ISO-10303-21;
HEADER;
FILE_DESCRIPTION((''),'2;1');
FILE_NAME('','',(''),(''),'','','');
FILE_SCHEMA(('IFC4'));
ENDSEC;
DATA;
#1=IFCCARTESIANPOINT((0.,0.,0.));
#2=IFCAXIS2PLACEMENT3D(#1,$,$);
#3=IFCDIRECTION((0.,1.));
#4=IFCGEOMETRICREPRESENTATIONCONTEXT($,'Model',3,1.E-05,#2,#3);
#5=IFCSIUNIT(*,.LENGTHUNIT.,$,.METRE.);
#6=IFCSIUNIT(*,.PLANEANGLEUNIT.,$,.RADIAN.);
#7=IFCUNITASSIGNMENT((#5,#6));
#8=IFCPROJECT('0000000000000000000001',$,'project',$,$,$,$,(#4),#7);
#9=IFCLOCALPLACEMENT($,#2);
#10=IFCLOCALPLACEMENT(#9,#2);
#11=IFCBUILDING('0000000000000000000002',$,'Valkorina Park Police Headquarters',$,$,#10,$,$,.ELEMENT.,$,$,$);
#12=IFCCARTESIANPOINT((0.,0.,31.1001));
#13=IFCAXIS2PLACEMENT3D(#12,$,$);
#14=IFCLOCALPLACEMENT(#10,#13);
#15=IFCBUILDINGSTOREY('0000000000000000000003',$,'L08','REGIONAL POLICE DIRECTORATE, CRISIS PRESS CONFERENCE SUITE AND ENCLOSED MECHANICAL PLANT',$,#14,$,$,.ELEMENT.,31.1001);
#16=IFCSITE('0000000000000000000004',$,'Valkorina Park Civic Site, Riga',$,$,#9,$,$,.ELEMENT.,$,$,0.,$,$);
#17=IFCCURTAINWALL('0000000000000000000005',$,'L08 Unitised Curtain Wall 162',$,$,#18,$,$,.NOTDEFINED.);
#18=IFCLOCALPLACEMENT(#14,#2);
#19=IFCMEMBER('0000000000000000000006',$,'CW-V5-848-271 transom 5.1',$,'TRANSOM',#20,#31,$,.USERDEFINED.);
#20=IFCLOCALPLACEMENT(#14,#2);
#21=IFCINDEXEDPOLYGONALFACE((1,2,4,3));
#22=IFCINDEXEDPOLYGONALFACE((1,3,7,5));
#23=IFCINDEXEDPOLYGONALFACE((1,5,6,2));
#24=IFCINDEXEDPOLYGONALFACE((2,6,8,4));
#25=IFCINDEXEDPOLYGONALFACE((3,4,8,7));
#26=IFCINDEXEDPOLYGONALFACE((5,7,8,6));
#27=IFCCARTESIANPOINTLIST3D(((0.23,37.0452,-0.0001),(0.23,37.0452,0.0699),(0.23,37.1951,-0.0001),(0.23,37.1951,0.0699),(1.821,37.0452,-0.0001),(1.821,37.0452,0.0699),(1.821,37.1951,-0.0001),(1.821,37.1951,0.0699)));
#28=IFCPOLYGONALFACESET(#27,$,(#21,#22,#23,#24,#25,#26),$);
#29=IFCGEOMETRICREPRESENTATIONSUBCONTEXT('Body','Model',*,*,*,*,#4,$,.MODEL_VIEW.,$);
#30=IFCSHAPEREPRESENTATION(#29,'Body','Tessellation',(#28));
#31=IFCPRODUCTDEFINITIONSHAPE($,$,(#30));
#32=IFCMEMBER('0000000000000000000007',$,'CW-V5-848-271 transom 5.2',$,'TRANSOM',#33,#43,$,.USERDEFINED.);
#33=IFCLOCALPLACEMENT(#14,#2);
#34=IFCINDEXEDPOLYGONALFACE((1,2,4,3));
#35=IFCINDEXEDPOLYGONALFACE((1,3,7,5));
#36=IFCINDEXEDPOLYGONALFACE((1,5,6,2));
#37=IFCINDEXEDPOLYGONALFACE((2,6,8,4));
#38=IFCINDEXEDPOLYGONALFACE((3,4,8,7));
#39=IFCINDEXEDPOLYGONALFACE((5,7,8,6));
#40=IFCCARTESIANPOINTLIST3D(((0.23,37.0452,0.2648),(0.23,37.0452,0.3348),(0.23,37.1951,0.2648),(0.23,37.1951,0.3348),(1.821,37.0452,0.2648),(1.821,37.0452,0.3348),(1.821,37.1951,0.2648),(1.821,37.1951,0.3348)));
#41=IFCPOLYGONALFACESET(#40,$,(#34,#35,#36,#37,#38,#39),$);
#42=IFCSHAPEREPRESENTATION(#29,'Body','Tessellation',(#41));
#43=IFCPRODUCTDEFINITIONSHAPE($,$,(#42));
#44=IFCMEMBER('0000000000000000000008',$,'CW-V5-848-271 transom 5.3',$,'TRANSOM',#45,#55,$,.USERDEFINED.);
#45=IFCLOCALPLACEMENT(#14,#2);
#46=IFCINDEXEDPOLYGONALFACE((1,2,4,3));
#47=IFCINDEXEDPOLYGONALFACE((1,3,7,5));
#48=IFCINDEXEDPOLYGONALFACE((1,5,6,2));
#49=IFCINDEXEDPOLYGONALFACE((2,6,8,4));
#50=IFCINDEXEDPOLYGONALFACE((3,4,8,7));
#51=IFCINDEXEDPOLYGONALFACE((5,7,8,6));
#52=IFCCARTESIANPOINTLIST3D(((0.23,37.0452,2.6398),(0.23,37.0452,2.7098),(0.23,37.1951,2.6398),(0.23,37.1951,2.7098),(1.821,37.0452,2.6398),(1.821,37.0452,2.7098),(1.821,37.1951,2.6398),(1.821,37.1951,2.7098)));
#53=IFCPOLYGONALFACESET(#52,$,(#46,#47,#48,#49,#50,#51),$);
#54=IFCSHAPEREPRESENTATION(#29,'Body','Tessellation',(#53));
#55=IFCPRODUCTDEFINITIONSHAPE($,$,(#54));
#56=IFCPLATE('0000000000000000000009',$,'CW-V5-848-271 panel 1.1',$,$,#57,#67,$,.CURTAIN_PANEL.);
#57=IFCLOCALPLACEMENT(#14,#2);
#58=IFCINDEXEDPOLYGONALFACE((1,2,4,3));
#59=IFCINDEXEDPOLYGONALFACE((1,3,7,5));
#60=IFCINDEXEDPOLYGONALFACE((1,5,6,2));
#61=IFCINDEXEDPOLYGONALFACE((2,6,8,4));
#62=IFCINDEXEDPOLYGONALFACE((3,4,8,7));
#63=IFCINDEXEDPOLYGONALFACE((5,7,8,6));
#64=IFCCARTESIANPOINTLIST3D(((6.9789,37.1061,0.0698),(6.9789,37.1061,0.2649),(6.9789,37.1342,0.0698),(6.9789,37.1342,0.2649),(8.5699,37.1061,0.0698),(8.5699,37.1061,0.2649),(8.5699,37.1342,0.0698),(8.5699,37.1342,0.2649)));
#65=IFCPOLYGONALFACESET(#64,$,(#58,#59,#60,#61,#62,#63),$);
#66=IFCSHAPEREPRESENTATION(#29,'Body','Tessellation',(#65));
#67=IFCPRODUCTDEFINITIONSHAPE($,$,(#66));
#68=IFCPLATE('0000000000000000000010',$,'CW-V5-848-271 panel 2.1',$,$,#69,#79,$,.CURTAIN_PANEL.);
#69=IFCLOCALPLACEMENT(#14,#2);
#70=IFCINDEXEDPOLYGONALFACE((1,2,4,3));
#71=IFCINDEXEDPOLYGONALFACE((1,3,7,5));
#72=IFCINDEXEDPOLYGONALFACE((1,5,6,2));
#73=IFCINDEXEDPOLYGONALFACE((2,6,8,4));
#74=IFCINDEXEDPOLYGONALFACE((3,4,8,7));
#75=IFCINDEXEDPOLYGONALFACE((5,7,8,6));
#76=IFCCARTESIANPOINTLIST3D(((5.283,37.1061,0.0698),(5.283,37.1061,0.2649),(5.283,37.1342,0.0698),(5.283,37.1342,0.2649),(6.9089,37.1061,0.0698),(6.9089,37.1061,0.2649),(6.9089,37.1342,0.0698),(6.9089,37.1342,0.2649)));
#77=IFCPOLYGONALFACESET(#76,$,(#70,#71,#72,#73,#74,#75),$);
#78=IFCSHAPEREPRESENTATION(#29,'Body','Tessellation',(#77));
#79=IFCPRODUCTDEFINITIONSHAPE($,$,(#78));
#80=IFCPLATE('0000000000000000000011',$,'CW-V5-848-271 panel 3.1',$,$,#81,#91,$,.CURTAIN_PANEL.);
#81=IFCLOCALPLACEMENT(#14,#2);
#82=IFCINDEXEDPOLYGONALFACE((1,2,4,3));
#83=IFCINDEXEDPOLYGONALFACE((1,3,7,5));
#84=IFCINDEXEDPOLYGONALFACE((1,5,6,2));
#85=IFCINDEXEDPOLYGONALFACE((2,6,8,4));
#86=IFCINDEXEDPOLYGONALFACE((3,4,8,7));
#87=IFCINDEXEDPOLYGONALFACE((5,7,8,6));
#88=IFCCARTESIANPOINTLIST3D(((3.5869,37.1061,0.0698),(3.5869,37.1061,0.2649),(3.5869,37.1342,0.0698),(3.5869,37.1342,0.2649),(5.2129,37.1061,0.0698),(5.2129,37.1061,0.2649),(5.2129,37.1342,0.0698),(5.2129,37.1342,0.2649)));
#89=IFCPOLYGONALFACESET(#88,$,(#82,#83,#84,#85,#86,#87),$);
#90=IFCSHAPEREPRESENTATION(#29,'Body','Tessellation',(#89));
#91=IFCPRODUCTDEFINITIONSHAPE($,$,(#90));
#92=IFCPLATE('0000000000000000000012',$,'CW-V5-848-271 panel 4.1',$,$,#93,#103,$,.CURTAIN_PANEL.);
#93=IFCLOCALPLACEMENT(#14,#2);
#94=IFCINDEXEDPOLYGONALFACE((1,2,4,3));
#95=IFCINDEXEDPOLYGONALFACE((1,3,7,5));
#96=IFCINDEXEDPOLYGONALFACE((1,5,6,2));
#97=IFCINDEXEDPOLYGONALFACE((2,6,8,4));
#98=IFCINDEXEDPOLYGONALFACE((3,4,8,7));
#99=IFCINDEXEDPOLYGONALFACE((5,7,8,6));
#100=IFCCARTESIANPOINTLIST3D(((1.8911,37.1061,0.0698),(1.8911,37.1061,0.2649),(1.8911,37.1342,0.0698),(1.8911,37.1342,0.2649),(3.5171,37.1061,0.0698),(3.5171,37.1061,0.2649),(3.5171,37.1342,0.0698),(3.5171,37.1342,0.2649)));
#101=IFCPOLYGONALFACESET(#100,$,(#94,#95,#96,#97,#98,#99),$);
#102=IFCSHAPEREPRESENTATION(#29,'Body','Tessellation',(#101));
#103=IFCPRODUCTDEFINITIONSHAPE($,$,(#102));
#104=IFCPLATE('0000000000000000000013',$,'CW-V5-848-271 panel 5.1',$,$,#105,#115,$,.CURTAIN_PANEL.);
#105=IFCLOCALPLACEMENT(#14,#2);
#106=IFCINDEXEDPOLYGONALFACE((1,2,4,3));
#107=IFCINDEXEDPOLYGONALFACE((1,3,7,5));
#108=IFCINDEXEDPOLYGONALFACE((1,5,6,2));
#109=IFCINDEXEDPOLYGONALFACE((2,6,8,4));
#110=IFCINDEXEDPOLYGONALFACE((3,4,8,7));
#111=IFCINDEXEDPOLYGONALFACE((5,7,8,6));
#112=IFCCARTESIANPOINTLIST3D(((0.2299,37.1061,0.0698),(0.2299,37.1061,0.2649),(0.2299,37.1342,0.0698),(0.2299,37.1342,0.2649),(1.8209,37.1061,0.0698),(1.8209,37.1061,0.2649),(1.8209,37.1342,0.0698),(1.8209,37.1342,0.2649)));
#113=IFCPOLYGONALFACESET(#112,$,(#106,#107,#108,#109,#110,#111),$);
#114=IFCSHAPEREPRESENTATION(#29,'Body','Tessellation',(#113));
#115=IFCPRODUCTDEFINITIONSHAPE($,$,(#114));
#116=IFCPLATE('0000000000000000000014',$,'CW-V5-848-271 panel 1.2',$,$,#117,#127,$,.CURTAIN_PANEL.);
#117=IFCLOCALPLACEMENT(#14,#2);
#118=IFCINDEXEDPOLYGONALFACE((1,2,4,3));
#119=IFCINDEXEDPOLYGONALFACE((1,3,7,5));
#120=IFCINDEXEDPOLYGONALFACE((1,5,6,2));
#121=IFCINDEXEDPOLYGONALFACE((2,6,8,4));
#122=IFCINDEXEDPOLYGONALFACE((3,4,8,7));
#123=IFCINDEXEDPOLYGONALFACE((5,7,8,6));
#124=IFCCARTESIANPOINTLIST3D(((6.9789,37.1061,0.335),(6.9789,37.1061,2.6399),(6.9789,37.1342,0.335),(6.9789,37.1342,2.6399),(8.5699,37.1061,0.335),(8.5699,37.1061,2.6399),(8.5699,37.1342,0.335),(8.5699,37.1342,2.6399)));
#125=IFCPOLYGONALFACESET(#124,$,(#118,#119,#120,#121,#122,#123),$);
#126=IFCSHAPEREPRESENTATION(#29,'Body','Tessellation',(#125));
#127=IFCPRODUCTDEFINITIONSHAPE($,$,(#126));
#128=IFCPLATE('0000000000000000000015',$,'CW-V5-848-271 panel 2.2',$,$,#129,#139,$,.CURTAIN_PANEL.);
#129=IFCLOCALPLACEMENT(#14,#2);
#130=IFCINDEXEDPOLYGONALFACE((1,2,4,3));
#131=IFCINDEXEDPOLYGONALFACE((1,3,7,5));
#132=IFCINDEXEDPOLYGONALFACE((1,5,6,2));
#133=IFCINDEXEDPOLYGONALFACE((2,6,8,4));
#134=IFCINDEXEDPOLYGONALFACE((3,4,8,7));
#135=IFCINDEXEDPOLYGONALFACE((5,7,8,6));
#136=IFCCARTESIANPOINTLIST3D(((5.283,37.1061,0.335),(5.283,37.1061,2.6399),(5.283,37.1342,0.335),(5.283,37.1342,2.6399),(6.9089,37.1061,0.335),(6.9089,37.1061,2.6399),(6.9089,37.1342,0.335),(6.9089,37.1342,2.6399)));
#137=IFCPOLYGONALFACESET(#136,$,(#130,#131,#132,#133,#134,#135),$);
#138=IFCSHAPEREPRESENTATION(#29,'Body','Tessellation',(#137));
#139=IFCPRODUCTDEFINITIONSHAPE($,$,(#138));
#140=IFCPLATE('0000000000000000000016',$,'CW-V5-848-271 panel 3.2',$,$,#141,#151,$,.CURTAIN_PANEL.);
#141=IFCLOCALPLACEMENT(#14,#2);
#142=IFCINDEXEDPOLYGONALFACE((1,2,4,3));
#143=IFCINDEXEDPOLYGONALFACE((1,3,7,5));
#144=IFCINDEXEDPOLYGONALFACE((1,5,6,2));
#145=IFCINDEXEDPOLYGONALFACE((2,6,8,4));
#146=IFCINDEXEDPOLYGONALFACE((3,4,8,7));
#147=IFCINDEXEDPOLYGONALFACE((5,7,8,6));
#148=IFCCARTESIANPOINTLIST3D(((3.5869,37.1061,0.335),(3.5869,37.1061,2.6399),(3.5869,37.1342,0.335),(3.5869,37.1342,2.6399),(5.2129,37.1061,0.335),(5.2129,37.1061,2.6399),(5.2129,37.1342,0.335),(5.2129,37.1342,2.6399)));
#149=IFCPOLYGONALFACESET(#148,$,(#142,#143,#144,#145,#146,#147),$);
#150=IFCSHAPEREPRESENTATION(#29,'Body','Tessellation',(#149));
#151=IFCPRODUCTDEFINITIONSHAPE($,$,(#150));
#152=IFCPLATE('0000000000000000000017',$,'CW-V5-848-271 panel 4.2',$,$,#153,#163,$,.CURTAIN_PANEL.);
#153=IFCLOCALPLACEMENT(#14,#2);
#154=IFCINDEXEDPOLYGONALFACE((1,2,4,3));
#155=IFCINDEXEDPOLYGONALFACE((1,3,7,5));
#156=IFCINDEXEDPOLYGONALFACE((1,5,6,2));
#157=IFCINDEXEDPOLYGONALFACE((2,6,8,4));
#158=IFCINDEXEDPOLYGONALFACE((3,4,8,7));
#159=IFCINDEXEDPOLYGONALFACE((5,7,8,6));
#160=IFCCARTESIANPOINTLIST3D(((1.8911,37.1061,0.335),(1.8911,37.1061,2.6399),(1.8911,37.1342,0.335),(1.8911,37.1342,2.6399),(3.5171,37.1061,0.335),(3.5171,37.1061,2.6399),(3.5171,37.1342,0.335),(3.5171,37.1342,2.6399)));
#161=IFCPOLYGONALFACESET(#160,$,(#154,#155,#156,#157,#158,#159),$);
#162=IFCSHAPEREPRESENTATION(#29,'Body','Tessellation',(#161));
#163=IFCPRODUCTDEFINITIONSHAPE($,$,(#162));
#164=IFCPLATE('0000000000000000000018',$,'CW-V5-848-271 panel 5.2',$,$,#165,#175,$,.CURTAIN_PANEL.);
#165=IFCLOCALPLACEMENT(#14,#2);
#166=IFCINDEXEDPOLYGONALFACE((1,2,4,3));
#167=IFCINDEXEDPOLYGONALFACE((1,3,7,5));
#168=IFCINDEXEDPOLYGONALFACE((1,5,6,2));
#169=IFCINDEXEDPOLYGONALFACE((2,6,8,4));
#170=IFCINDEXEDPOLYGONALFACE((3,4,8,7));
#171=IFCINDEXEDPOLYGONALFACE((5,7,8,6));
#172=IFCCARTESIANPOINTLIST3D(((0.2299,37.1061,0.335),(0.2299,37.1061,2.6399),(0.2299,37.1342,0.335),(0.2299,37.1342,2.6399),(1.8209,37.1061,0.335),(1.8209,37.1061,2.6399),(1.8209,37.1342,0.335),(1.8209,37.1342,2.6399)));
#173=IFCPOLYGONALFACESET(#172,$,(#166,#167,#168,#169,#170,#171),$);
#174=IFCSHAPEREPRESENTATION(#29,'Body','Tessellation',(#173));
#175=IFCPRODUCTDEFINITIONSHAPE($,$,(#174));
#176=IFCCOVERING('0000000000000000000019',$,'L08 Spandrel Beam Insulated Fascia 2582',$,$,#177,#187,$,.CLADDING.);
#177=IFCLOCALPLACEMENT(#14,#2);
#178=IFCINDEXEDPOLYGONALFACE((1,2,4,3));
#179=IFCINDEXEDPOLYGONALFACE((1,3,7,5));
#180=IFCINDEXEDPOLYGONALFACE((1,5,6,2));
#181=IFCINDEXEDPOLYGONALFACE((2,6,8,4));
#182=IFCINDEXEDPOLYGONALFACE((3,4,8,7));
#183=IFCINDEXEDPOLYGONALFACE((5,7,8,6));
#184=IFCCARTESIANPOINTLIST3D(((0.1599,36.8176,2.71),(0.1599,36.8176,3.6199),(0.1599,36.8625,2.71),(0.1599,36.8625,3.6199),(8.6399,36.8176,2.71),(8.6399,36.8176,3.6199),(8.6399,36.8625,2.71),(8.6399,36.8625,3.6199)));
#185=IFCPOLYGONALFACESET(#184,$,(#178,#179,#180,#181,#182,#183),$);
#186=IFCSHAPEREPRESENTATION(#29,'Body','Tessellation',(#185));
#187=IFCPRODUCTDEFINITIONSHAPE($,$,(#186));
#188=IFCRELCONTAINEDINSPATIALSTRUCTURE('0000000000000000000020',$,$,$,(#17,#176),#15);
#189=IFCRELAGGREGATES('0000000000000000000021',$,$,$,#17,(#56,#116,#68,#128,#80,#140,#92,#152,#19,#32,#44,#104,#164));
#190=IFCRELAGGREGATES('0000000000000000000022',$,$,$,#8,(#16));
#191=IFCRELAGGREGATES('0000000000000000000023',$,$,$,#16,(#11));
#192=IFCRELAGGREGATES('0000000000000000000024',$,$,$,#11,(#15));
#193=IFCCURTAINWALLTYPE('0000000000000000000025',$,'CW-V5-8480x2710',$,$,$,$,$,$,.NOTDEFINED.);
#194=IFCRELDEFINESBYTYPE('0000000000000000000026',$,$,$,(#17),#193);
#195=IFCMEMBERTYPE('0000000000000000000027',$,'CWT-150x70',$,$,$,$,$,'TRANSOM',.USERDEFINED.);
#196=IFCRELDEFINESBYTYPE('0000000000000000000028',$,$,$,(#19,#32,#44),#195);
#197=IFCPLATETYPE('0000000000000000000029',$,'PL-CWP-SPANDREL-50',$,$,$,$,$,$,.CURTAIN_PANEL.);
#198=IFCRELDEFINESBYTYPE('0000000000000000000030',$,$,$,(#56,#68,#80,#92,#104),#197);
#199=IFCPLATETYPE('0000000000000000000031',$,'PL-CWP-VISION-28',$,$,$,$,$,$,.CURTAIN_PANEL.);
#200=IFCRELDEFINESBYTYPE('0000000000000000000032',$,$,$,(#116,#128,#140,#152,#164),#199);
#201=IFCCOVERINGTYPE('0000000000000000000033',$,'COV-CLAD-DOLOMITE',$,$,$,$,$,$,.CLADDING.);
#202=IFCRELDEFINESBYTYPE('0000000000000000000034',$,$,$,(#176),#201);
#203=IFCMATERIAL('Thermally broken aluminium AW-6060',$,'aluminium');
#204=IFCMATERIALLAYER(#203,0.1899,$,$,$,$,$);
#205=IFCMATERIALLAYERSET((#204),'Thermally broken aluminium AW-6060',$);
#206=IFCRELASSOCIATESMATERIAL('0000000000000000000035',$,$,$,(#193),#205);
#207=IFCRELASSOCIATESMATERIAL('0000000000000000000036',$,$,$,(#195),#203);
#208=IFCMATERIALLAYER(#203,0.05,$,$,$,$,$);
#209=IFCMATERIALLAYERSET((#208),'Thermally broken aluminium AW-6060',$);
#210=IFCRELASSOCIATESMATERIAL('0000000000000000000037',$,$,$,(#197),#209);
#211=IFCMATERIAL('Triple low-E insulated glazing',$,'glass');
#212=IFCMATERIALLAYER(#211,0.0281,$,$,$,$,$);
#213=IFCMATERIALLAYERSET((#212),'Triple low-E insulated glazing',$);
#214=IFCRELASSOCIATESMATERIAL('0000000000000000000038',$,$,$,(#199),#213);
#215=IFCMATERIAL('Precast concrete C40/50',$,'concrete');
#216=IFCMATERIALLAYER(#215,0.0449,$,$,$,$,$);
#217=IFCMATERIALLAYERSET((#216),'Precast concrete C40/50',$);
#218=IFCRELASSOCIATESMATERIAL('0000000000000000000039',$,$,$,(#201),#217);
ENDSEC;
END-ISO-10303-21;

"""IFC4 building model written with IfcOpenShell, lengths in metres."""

from ifc_helpers import new_model, si_unit, direction, frame, frame_2d, origin, origin_2d, place, context, subcontext, project, spatial, rectangle, extrude, material, layer, layer_set, material_profile, profile_set, type_object, element, aggregate, save


model = new_model("IFC4")

# Units and contexts
model_context = context("Model", 3, precision=1e-05, world=origin(), true_north=direction((0.0, 1.0)))
body_context = subcontext(model_context, "Body", "Model", "MODEL_VIEW")
ifc_project = project(units=[si_unit("LENGTHUNIT", "METRE"), si_unit("PLANEANGLEUNIT", "RADIAN")], contexts=[model_context])

# Site, building, storey
site_placement = place(None, origin())
site = spatial("IfcSite", under=ifc_project, at=site_placement, Name="Valkorina Park Civic Site, Riga", CompositionType="ELEMENT", RefElevation=0.0)
building_placement = place(site_placement, origin())
building = spatial("IfcBuilding", under=site, at=building_placement, Name="Valkorina Park Police Headquarters", CompositionType="ELEMENT")
storey_placement = place(building_placement, frame((0.0, 0.0, 31.1001)))
storey = spatial("IfcBuildingStorey", under=building, at=storey_placement, Name="L08", Description="REGIONAL POLICE DIRECTORATE, CRISIS PRESS CONFERENCE SUITE AND ENCLOSED MECHANICAL PLANT", CompositionType="ELEMENT", Elevation=31.1001)

# Curtain wall, members, plates
ifc_material_1 = material(Name="Thermally broken aluminium AW-6060", Category="aluminium")
ifc_layer_1 = layer(ifc_material_1, 0.1899)
ifc_layer_set_1 = layer_set([ifc_layer_1], Name="Thermally broken aluminium AW-6060")
curtain_wall_type = type_object("IfcCurtainWallType", Name="CW-V5-8480x2710", PredefinedType="NOTDEFINED", material=ifc_layer_set_1)
curtain_wall_placement = place(storey_placement, origin())
curtain_wall = element("IfcCurtainWall", 1, at=curtain_wall_placement, inside=storey, type_object=curtain_wall_type, Name="L08 Unitised Curtain Wall 162", PredefinedType="NOTDEFINED")
ifc_material_profile_1 = material_profile(ifc_material_1, rectangle(XDim=0.1499, YDim=0.0701, at=origin_2d()), Name="CWT-02 150x70")
ifc_profile_set_1 = profile_set([ifc_material_profile_1], Name="Thermally broken aluminium AW-6060")
member_type_1 = type_object("IfcMemberType", Name="CWT-150x70", ElementType="TRANSOM", PredefinedType="USERDEFINED", material=ifc_profile_set_1)
member_1_placement = place(storey_placement, frame((1.821, 37.1201, 0.0349), z_axis=(-1.0, 0.0, 0.0), x_axis=(0.0, -1.0, 0.0)))
member_1 = element("IfcMember", 2, at=member_1_placement, type_object=member_type_1, Name="CW-V5-848-271 transom 5.1", ObjectType="TRANSOM", PredefinedType="USERDEFINED", context=body_context, shape_type="SweptSolid", body=[
    extrude(rectangle(XDim=0.1499, YDim=0.0701, at=origin_2d()), origin(), (0.0, 0.0, 1.0), 1.5911),
])
member_2_placement = place(storey_placement, frame((1.821, 37.1201, 0.2998), z_axis=(-1.0, 0.0, 0.0), x_axis=(0.0, -1.0, 0.0)))
member_2 = element("IfcMember", 3, at=member_2_placement, type_object=member_type_1, Name="CW-V5-848-271 transom 5.2", ObjectType="TRANSOM", PredefinedType="USERDEFINED", context=body_context, shape_type="SweptSolid", body=[
    extrude(rectangle(XDim=0.1499, YDim=0.0701, at=origin_2d()), origin(), (0.0, 0.0, 1.0), 1.5911),
])
member_3_placement = place(storey_placement, frame((1.821, 37.1201, 2.6748), z_axis=(-1.0, 0.0, 0.0), x_axis=(0.0, -1.0, 0.0)))
member_3 = element("IfcMember", 4, at=member_3_placement, type_object=member_type_1, Name="CW-V5-848-271 transom 5.3", ObjectType="TRANSOM", PredefinedType="USERDEFINED", context=body_context, shape_type="SweptSolid", body=[
    extrude(rectangle(XDim=0.1499, YDim=0.0701, at=origin_2d()), origin(), (0.0, 0.0, 1.0), 1.5911),
])
ifc_layer_2 = layer(ifc_material_1, 0.05)
ifc_layer_set_2 = layer_set([ifc_layer_2], Name="Thermally broken aluminium AW-6060")
plate_type_1 = type_object("IfcPlateType", Name="PL-CWP-SPANDREL-50", PredefinedType="CURTAIN_PANEL", material=ifc_layer_set_2)
plate_1_placement = place(storey_placement, frame((7.7744, 37.1201, 0.0698), z_axis=(0.0, 0.0, 1.0), x_axis=(-1.0, 0.0, 0.0)))
plate_1 = element("IfcPlate", 5, at=plate_1_placement, type_object=plate_type_1, Name="CW-V5-848-271 panel 1.1", PredefinedType="CURTAIN_PANEL", context=body_context, shape_type="SweptSolid", body=[
    extrude(rectangle(XDim=1.5911, YDim=0.0281, at=origin_2d()), origin(), (0.0, 0.0, 1.0), 0.1951),
])
plate_2_placement = place(storey_placement, frame((6.0959, 37.1201, 0.0698), z_axis=(0.0, 0.0, 1.0), x_axis=(-1.0, 0.0, 0.0)))
plate_2 = element("IfcPlate", 6, at=plate_2_placement, type_object=plate_type_1, Name="CW-V5-848-271 panel 2.1", PredefinedType="CURTAIN_PANEL", context=body_context, shape_type="SweptSolid", body=[
    extrude(rectangle(XDim=1.626, YDim=0.0281, at=origin_2d()), origin(), (0.0, 0.0, 1.0), 0.1951),
])
plate_3_placement = place(storey_placement, frame((4.3999, 37.1201, 0.0698), z_axis=(0.0, 0.0, 1.0), x_axis=(-1.0, 0.0, 0.0)))
plate_3 = element("IfcPlate", 7, at=plate_3_placement, type_object=plate_type_1, Name="CW-V5-848-271 panel 3.1", PredefinedType="CURTAIN_PANEL", context=body_context, shape_type="SweptSolid", body=[
    extrude(rectangle(XDim=1.626, YDim=0.0281, at=origin_2d()), origin(), (0.0, 0.0, 1.0), 0.1951),
])
plate_4_placement = place(storey_placement, frame((2.7041, 37.1201, 0.0698), z_axis=(0.0, 0.0, 1.0), x_axis=(-1.0, 0.0, 0.0)))
plate_4 = element("IfcPlate", 8, at=plate_4_placement, type_object=plate_type_1, Name="CW-V5-848-271 panel 4.1", PredefinedType="CURTAIN_PANEL", context=body_context, shape_type="SweptSolid", body=[
    extrude(rectangle(XDim=1.626, YDim=0.0281, at=origin_2d()), origin(), (0.0, 0.0, 1.0), 0.1951),
])
plate_5_placement = place(storey_placement, frame((1.0254, 37.1201, 0.0698), z_axis=(0.0, 0.0, 1.0), x_axis=(-1.0, 0.0, 0.0)))
plate_5 = element("IfcPlate", 9, at=plate_5_placement, type_object=plate_type_1, Name="CW-V5-848-271 panel 5.1", PredefinedType="CURTAIN_PANEL", context=body_context, shape_type="SweptSolid", body=[
    extrude(rectangle(XDim=1.5911, YDim=0.0281, at=origin_2d()), origin(), (0.0, 0.0, 1.0), 0.1951),
])
ifc_material_2 = material(Name="Triple low-E insulated glazing", Category="glass")
ifc_layer_3 = layer(ifc_material_2, 0.0281)
ifc_layer_set_3 = layer_set([ifc_layer_3], Name="Triple low-E insulated glazing")
plate_type_2 = type_object("IfcPlateType", Name="PL-CWP-VISION-28", PredefinedType="CURTAIN_PANEL", material=ifc_layer_set_3)
plate_6_placement = place(storey_placement, frame((7.7744, 37.1201, 0.335), z_axis=(0.0, 0.0, 1.0), x_axis=(-1.0, 0.0, 0.0)))
plate_6 = element("IfcPlate", 10, at=plate_6_placement, type_object=plate_type_2, Name="CW-V5-848-271 panel 1.2", PredefinedType="CURTAIN_PANEL", context=body_context, shape_type="SweptSolid", body=[
    extrude(rectangle(XDim=1.5911, YDim=0.0281, at=origin_2d()), origin(), (0.0, 0.0, 1.0), 2.3049),
])
plate_7_placement = place(storey_placement, frame((6.0959, 37.1201, 0.335), z_axis=(0.0, 0.0, 1.0), x_axis=(-1.0, 0.0, 0.0)))
plate_7 = element("IfcPlate", 11, at=plate_7_placement, type_object=plate_type_2, Name="CW-V5-848-271 panel 2.2", PredefinedType="CURTAIN_PANEL", context=body_context, shape_type="SweptSolid", body=[
    extrude(rectangle(XDim=1.626, YDim=0.0281, at=origin_2d()), origin(), (0.0, 0.0, 1.0), 2.3049),
])
plate_8_placement = place(storey_placement, frame((4.3999, 37.1201, 0.335), z_axis=(0.0, 0.0, 1.0), x_axis=(-1.0, 0.0, 0.0)))
plate_8 = element("IfcPlate", 12, at=plate_8_placement, type_object=plate_type_2, Name="CW-V5-848-271 panel 3.2", PredefinedType="CURTAIN_PANEL", context=body_context, shape_type="SweptSolid", body=[
    extrude(rectangle(XDim=1.626, YDim=0.0281, at=origin_2d()), origin(), (0.0, 0.0, 1.0), 2.3049),
])
plate_9_placement = place(storey_placement, frame((2.7041, 37.1201, 0.335), z_axis=(0.0, 0.0, 1.0), x_axis=(-1.0, 0.0, 0.0)))
plate_9 = element("IfcPlate", 13, at=plate_9_placement, type_object=plate_type_2, Name="CW-V5-848-271 panel 4.2", PredefinedType="CURTAIN_PANEL", context=body_context, shape_type="SweptSolid", body=[
    extrude(rectangle(XDim=1.626, YDim=0.0281, at=origin_2d()), origin(), (0.0, 0.0, 1.0), 2.3049),
])
plate_10_placement = place(storey_placement, frame((1.0254, 37.1201, 0.335), z_axis=(0.0, 0.0, 1.0), x_axis=(-1.0, 0.0, 0.0)))
plate_10 = element("IfcPlate", 14, at=plate_10_placement, type_object=plate_type_2, Name="CW-V5-848-271 panel 5.2", PredefinedType="CURTAIN_PANEL", context=body_context, shape_type="SweptSolid", body=[
    extrude(rectangle(XDim=1.5911, YDim=0.0281, at=origin_2d()), origin(), (0.0, 0.0, 1.0), 2.3049),
])
aggregate(curtain_wall, [plate_1, plate_6, plate_2, plate_7, plate_3, plate_8, plate_4, plate_9, member_1, member_2, member_3, plate_5, plate_10])

# Covering
ifc_material_3 = material(Name="Precast concrete C40/50", Category="concrete")
ifc_layer_4 = layer(ifc_material_3, 0.0449)
ifc_layer_set_4 = layer_set([ifc_layer_4], Name="Precast concrete C40/50")
covering_type = type_object("IfcCoveringType", Name="COV-CLAD-DOLOMITE", PredefinedType="CLADDING", material=ifc_layer_set_4)
covering_placement = place(storey_placement, frame((8.6399, 36.8401, 2.71), z_axis=(0.0, 0.0, 1.0), x_axis=(-1.0, 0.0, 0.0)))
element("IfcCovering", 15, at=covering_placement, inside=storey, type_object=covering_type, Name="L08 Spandrel Beam Insulated Fascia 2582", PredefinedType="CLADDING", context=body_context, shape_type="SweptSolid", body=[
    extrude(rectangle(XDim=8.48, YDim=0.0449, at=frame_2d((4.24, 0.0))), origin(), (0.0, 0.0, 1.0), 0.9099),
])

save(model, "model.ifc")
